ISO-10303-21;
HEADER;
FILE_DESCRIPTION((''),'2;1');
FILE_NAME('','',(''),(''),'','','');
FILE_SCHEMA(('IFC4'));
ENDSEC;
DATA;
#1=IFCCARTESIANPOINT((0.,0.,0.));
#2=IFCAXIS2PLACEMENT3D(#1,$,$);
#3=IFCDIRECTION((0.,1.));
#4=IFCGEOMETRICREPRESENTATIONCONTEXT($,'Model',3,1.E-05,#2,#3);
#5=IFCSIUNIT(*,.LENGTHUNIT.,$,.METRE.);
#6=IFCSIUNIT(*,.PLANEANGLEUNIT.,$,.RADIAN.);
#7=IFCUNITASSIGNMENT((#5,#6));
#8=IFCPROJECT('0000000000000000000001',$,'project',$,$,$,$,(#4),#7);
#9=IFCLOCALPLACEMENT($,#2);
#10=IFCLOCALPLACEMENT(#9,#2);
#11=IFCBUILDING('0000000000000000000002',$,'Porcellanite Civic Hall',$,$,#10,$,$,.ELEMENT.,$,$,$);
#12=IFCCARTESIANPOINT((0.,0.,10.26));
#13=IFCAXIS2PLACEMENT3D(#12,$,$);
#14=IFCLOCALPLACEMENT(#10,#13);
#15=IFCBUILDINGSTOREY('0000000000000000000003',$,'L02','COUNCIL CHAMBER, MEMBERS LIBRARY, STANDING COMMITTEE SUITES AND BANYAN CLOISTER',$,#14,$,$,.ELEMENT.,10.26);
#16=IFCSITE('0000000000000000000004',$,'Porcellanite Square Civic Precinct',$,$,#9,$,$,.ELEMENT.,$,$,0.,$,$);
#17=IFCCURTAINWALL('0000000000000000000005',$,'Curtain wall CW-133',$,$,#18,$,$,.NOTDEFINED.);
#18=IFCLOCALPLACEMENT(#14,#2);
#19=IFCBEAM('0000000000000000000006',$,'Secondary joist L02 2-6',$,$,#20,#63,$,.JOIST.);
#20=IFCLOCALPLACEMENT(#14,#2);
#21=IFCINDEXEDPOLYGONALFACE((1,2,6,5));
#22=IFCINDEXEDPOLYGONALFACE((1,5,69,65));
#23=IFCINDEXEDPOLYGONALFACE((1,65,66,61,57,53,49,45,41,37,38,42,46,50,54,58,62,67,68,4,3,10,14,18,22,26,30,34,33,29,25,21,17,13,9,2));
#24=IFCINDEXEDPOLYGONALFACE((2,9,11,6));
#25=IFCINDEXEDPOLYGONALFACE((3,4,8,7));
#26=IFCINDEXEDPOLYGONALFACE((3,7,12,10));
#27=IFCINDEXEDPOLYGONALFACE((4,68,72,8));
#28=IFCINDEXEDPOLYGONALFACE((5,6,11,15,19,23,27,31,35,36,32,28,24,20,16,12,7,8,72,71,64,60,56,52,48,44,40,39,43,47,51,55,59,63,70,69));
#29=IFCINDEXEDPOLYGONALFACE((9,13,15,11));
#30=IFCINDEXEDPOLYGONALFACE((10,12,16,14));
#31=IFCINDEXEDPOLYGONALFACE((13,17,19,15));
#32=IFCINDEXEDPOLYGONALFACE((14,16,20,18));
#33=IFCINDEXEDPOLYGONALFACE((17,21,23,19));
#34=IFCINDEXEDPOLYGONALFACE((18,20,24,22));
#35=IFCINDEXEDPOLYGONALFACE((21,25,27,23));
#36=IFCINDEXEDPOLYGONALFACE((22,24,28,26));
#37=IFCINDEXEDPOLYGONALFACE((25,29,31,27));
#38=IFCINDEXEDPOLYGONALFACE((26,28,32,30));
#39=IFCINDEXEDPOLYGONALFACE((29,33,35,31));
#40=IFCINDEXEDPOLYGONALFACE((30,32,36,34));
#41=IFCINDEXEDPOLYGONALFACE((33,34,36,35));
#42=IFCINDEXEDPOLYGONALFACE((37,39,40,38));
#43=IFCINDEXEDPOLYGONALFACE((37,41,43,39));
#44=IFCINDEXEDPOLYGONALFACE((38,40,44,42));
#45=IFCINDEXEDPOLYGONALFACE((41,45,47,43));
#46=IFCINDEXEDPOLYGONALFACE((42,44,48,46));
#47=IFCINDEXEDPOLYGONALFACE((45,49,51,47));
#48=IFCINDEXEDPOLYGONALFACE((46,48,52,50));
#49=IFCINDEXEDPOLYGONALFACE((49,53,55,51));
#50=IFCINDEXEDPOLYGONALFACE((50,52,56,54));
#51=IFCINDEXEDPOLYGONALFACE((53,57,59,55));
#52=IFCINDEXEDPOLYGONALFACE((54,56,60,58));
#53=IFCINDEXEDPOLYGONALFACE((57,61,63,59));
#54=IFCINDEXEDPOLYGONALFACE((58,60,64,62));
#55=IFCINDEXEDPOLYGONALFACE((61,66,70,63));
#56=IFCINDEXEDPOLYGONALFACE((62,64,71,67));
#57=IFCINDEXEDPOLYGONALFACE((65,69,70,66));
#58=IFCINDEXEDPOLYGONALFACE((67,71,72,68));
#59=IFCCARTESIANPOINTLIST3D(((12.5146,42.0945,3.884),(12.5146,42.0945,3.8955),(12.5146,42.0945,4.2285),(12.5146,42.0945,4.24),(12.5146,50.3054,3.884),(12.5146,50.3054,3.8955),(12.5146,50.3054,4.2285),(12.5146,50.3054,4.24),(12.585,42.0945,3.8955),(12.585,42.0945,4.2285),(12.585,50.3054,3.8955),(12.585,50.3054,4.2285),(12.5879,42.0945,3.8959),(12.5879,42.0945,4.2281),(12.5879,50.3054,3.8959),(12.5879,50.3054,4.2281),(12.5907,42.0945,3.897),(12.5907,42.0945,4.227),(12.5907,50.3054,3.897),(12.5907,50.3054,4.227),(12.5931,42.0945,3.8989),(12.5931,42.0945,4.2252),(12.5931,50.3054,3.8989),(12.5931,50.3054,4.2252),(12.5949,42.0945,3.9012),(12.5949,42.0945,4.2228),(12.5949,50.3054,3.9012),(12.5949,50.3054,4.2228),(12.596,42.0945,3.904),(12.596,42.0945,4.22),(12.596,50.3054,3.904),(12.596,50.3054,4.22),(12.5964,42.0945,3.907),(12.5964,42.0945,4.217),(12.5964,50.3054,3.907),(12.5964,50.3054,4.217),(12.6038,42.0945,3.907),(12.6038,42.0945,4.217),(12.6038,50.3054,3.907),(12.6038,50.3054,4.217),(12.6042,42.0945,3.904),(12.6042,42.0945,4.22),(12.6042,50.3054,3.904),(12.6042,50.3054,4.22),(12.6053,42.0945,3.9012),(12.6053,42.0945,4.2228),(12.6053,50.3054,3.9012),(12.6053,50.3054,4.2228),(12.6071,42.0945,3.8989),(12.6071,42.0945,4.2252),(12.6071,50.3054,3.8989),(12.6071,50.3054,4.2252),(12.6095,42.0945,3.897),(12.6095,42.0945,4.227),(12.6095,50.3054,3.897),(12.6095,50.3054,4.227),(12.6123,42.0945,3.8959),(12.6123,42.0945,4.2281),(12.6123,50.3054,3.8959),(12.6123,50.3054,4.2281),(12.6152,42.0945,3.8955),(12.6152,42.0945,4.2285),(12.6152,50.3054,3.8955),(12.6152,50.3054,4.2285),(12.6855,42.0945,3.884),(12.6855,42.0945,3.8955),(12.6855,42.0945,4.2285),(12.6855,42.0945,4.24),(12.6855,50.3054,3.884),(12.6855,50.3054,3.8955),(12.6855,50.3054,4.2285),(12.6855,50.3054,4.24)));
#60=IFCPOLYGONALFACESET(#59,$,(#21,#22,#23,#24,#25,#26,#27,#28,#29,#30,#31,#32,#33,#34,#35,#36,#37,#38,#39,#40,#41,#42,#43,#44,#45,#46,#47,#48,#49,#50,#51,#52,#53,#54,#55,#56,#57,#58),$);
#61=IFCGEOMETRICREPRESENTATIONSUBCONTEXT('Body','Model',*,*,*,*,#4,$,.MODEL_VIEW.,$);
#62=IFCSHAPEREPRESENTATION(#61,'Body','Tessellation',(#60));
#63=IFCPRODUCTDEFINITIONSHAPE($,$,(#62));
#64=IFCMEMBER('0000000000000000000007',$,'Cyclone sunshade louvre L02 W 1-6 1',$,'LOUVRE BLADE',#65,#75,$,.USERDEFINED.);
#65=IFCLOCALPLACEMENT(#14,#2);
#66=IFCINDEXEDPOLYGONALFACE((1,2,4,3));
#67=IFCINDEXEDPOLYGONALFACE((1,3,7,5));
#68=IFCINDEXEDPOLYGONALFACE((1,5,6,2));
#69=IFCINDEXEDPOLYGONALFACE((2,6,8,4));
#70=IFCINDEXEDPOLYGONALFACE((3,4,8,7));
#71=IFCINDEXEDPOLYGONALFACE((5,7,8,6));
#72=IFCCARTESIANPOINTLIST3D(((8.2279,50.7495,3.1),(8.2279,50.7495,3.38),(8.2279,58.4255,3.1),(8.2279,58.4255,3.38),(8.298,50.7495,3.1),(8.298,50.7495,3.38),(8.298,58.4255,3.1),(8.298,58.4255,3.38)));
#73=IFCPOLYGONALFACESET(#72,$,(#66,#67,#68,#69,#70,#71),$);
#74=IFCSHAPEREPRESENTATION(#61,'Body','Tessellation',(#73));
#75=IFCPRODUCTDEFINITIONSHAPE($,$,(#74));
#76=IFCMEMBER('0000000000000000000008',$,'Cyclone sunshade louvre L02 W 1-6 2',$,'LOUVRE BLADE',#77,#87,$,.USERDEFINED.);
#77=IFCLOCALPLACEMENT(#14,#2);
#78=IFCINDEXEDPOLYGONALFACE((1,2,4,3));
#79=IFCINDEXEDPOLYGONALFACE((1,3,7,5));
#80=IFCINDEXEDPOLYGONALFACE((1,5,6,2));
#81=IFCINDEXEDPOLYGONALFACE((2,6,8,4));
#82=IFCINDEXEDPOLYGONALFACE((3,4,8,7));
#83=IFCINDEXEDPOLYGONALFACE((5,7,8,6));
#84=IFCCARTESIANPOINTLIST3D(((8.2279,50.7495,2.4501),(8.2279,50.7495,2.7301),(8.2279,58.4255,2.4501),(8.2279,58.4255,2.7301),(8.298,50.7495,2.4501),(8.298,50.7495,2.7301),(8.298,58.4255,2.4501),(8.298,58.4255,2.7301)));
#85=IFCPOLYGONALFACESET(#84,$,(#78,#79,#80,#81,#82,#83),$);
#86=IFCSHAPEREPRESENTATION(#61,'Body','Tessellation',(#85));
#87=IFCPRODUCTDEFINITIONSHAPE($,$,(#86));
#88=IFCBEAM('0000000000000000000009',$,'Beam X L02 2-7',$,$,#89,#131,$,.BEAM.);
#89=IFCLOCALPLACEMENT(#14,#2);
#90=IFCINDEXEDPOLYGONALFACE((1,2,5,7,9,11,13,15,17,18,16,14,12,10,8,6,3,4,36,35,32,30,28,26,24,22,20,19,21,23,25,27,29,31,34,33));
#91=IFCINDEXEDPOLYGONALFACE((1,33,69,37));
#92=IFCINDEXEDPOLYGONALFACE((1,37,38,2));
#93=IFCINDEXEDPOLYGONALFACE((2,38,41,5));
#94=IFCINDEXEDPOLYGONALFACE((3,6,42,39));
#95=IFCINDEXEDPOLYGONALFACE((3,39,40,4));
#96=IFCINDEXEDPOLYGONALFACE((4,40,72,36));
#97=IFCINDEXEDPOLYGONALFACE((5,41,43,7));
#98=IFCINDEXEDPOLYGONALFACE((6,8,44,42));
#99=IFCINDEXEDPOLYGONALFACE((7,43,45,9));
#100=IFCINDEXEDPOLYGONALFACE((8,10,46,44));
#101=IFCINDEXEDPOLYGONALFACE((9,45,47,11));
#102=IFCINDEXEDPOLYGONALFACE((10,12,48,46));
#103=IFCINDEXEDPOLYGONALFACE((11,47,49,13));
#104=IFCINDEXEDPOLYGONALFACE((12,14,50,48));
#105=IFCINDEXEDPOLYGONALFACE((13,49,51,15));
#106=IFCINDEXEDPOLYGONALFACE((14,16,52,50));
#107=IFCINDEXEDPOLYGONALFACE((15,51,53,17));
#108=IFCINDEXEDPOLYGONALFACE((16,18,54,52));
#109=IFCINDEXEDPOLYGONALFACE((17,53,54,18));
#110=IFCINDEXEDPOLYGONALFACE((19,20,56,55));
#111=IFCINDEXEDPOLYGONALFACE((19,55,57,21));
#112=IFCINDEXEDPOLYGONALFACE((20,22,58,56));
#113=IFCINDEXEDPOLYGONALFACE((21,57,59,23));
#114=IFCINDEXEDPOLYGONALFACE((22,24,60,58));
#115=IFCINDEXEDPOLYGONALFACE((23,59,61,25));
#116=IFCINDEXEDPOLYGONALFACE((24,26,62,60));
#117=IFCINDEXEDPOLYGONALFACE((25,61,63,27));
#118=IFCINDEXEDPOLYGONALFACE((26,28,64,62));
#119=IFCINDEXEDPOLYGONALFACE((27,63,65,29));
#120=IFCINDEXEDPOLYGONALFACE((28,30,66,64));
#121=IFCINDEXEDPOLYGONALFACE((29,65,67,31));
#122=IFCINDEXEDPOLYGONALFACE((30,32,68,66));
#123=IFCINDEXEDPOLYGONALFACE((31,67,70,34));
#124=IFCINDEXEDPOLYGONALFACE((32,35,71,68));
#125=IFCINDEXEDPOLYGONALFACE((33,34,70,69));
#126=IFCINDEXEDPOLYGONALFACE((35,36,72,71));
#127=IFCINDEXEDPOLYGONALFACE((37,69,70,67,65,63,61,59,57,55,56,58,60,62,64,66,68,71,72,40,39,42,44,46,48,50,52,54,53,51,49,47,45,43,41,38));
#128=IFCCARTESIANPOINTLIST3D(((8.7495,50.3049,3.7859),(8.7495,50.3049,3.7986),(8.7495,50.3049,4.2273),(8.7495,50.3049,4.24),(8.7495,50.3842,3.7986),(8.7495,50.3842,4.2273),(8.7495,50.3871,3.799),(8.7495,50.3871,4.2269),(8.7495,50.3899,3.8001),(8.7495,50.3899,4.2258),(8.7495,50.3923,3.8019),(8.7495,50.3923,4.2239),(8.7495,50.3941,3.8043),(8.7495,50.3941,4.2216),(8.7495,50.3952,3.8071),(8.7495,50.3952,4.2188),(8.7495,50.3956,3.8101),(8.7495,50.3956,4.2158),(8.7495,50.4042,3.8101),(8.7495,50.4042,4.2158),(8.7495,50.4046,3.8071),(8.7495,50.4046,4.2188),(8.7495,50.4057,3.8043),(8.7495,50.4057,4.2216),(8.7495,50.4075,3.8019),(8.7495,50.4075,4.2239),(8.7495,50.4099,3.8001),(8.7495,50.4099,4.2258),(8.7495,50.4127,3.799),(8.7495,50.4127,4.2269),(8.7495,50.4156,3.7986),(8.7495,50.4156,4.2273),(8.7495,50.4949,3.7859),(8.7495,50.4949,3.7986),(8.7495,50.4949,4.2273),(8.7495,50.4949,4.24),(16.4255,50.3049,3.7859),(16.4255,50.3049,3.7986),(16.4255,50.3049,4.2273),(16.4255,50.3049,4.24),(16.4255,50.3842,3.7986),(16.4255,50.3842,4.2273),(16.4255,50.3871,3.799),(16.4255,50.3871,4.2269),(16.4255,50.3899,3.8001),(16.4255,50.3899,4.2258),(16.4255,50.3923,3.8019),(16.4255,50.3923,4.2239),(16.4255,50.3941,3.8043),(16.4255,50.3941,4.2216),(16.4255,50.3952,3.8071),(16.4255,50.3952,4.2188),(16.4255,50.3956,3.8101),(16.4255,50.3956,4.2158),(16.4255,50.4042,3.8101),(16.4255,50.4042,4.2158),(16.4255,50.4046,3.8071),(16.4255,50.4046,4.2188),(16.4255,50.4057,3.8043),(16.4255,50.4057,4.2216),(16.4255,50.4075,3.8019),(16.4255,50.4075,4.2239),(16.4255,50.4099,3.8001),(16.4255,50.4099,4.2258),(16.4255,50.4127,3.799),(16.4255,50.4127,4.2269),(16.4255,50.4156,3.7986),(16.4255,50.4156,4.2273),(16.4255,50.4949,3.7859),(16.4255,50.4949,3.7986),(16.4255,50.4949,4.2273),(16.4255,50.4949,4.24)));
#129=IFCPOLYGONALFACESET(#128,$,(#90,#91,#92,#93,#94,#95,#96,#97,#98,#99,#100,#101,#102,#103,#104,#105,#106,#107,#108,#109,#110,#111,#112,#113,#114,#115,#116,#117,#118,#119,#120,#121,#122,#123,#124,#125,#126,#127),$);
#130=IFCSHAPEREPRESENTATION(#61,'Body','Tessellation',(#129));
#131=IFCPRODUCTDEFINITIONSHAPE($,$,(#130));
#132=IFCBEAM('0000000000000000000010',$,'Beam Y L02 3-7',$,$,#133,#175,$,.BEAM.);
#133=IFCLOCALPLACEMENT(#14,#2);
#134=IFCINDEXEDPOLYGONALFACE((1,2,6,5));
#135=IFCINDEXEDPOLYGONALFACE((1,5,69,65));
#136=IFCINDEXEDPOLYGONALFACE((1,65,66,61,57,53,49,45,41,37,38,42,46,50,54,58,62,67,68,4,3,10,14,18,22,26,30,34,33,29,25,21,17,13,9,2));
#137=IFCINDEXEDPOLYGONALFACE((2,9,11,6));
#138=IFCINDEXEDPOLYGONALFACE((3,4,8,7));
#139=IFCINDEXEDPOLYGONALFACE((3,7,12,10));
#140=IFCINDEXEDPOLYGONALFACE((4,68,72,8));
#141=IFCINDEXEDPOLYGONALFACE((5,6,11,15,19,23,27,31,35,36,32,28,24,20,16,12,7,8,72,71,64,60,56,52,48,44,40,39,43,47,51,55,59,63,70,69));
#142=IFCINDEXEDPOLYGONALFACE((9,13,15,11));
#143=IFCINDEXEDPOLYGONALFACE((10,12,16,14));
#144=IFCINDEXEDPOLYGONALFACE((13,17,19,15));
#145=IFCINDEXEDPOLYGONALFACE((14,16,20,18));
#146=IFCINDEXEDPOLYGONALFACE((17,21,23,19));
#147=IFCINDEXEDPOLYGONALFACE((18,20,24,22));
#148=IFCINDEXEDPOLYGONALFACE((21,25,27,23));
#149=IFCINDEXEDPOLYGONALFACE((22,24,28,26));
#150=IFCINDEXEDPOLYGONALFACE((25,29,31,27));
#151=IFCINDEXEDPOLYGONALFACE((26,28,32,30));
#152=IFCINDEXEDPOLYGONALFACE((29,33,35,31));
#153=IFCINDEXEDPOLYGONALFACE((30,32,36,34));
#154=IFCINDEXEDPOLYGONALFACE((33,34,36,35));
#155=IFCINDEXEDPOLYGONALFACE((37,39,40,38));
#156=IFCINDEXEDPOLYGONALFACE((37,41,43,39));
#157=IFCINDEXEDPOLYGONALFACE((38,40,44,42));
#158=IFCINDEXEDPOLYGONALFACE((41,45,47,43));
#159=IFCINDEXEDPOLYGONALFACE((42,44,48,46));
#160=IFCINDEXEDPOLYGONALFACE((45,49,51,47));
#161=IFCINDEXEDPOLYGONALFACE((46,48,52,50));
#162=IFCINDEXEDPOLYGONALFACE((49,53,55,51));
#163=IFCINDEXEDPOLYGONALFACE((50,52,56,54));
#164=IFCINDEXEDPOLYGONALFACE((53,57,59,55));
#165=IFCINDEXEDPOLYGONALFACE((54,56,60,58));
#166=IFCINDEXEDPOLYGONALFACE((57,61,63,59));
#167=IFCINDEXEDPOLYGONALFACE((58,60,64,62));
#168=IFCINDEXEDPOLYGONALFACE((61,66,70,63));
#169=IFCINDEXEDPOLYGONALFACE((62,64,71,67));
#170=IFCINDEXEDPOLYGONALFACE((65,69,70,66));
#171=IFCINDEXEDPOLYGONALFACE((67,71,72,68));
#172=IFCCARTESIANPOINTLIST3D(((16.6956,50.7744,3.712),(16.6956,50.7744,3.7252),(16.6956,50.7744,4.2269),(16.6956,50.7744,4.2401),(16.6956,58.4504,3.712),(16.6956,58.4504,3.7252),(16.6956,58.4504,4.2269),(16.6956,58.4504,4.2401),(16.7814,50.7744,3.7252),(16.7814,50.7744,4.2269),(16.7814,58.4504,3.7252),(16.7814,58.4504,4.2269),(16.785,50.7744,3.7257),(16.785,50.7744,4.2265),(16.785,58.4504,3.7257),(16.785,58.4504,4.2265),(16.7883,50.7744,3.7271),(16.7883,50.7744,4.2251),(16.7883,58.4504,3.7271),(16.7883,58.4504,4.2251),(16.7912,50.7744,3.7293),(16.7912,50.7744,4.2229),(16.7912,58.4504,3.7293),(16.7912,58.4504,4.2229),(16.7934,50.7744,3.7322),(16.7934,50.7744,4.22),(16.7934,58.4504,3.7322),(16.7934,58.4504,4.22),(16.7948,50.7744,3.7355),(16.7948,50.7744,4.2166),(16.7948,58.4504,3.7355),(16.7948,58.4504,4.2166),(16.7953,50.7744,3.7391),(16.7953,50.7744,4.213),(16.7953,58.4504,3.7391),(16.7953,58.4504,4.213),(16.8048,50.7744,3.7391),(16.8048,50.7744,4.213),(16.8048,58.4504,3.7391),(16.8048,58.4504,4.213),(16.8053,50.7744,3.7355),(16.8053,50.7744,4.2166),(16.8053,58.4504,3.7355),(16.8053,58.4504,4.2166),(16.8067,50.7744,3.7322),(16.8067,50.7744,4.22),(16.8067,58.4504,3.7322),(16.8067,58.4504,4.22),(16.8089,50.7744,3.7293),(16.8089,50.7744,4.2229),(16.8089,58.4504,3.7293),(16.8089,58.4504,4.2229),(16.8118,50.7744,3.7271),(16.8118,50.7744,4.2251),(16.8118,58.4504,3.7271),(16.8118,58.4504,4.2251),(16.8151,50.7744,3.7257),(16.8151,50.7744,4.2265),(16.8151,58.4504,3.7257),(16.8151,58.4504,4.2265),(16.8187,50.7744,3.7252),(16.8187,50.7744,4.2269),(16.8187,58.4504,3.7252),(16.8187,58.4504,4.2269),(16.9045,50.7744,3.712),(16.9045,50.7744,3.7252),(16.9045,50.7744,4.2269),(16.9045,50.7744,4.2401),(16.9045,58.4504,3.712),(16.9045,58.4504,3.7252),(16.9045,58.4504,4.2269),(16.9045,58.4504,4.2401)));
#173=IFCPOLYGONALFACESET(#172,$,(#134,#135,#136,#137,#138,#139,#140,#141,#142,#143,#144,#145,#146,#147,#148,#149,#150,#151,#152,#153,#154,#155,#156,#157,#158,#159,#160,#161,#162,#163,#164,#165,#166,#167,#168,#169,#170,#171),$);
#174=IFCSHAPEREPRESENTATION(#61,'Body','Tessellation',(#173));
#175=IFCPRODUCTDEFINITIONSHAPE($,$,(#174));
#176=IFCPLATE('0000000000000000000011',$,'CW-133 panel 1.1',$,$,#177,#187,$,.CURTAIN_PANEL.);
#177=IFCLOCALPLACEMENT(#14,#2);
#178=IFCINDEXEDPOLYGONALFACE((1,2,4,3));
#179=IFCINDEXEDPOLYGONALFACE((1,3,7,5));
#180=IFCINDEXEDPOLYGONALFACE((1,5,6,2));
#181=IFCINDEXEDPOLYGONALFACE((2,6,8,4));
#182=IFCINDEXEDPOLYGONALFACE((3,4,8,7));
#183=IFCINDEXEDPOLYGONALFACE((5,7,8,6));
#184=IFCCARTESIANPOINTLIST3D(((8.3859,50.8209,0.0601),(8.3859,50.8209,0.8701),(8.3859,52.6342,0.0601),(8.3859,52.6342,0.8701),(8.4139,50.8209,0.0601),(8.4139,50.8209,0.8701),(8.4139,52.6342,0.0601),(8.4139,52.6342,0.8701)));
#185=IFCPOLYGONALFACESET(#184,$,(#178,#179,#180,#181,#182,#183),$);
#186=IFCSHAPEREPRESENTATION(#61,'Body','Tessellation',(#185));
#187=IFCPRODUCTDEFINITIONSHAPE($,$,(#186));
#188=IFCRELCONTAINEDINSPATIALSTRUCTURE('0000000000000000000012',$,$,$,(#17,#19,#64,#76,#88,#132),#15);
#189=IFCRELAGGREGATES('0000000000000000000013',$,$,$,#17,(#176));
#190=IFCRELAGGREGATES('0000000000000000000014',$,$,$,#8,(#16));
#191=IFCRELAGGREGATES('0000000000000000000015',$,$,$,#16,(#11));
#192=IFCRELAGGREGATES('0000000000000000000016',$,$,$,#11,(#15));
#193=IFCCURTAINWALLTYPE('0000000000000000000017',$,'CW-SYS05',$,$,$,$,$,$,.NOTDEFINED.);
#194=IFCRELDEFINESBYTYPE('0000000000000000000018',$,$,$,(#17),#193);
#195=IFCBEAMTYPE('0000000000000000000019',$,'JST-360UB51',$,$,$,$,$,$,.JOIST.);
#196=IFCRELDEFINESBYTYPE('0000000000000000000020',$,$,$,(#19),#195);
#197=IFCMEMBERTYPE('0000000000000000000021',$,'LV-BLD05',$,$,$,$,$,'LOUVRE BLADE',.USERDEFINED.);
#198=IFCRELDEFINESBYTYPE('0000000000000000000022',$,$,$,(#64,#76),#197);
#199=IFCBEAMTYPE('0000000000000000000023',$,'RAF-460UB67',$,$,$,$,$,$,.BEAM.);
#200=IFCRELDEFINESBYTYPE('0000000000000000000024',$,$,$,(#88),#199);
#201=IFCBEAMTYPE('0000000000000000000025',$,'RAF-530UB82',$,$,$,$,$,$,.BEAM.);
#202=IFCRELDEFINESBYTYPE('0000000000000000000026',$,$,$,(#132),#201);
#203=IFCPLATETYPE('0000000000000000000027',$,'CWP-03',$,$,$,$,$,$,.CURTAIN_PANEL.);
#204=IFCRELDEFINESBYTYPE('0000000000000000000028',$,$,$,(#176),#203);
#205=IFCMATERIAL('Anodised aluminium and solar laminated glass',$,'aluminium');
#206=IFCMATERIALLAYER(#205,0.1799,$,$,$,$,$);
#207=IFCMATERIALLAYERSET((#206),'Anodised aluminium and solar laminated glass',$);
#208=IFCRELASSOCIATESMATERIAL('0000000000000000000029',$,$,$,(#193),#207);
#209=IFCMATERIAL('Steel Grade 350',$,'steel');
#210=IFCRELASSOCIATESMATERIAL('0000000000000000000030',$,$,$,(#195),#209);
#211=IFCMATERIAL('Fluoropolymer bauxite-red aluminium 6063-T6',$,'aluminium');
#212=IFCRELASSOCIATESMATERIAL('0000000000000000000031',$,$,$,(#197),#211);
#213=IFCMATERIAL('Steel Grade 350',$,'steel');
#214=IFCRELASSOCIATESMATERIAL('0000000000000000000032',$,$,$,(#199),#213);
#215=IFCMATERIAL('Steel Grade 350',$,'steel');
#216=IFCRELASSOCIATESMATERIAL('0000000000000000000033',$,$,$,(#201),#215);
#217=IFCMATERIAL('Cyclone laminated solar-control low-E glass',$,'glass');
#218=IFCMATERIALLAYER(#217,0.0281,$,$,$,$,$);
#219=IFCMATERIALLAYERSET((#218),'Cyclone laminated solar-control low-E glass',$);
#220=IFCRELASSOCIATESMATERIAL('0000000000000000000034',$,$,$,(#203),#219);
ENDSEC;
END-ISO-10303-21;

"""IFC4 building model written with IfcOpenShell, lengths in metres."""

from ifc_helpers import new_model, si_unit, direction, frame, origin, origin_2d, place, context, subcontext, project, spatial, rectangle, i_section, extrude, material, layer, layer_set, material_profile, profile_set, type_object, element, aggregate, save


model = new_model("IFC4")

# Units and contexts
model_context = context("Model", 3, precision=1e-05, world=origin(), true_north=direction((0.0, 1.0)))
body_context = subcontext(model_context, "Body", "Model", "MODEL_VIEW")
ifc_project = project(units=[si_unit("LENGTHUNIT", "METRE"), si_unit("PLANEANGLEUNIT", "RADIAN")], contexts=[model_context])

# Site, building, storey
site_placement = place(None, origin())
site = spatial("IfcSite", under=ifc_project, at=site_placement, Name="Porcellanite Square Civic Precinct", CompositionType="ELEMENT", RefElevation=0.0)
building_placement = place(site_placement, origin())
building = spatial("IfcBuilding", under=site, at=building_placement, Name="Porcellanite Civic Hall", CompositionType="ELEMENT")
storey_placement = place(building_placement, frame((0.0, 0.0, 10.26)))
storey = spatial("IfcBuildingStorey", under=building, at=storey_placement, Name="L02", Description="COUNCIL CHAMBER, MEMBERS LIBRARY, STANDING COMMITTEE SUITES AND BANYAN CLOISTER", CompositionType="ELEMENT", Elevation=10.26)

# Curtain wall
ifc_material_1 = material(Name="Anodised aluminium and solar laminated glass", Category="aluminium")
ifc_layer_1 = layer(ifc_material_1, 0.1799)
ifc_layer_set_1 = layer_set([ifc_layer_1], Name="Anodised aluminium and solar laminated glass")
curtain_wall_type = type_object("IfcCurtainWallType", Name="CW-SYS05", PredefinedType="NOTDEFINED", material=ifc_layer_set_1)
curtain_wall_placement = place(storey_placement, origin())
curtain_wall = element("IfcCurtainWall", 1, at=curtain_wall_placement, inside=storey, type_object=curtain_wall_type, Name="Curtain wall CW-133", PredefinedType="NOTDEFINED")

# Beam
ifc_material_2 = material(Name="Steel Grade 350", Category="steel")
ifc_material_profile_1 = material_profile(ifc_material_2, i_section(OverallWidth=0.1709, OverallDepth=0.356, WebThickness=0.0073, FlangeThickness=0.0115, FilletRadius=0.0115, at=origin_2d()), Name="360UB50.7")
ifc_profile_set_1 = profile_set([ifc_material_profile_1], Name="Steel Grade 350")
beam_type_1 = type_object("IfcBeamType", Name="JST-360UB51", PredefinedType="JOIST", material=ifc_profile_set_1)
beam_1_placement = place(storey_placement, frame((12.6001, 42.0945, 4.062), z_axis=(0.0, 1.0, 0.0), x_axis=(-1.0, 0.0, 0.0)))
element("IfcBeam", 2, at=beam_1_placement, inside=storey, type_object=beam_type_1, Name="Secondary joist L02 2-6", PredefinedType="JOIST", context=body_context, shape_type="SweptSolid", body=[
    extrude(i_section(OverallWidth=0.1709, OverallDepth=0.356, WebThickness=0.0073, FlangeThickness=0.0115, FilletRadius=0.0115, at=origin_2d()), origin(), (0.0, 0.0, 1.0), 8.2109),
])

# Members
ifc_material_3 = material(Name="Fluoropolymer bauxite-red aluminium 6063-T6", Category="aluminium")
ifc_material_profile_2 = material_profile(ifc_material_3, rectangle(XDim=0.0701, YDim=0.28, at=origin_2d()), Name="AL-70x280")
ifc_profile_set_2 = profile_set([ifc_material_profile_2], Name="Fluoropolymer bauxite-red aluminium 6063-T6")
member_type_1 = type_object("IfcMemberType", Name="LV-BLD05", ElementType="LOUVRE BLADE", PredefinedType="USERDEFINED", material=ifc_profile_set_2)
for number, where, z_axis, x_axis, name in (
    (3, (8.2629, 50.7495, 3.24), (0.0, 1.0, 0.0), (-1.0, 0.0, 0.0), "Cyclone sunshade louvre L02 W 1-6 1"),
    (4, (8.2629, 50.7495, 2.5901), (0.0, 1.0, 0.0), (-1.0, 0.0, 0.0), "Cyclone sunshade louvre L02 W 1-6 2"),
):
    element("IfcMember", number, at=place(storey_placement, frame(where, z_axis=z_axis, x_axis=x_axis)), inside=storey, type_object=member_type_1, Name=name, ObjectType="LOUVRE BLADE", PredefinedType="USERDEFINED", context=body_context, shape_type="SweptSolid", body=[
        extrude(rectangle(XDim=0.0701, YDim=0.28, at=origin_2d()), origin(), (0.0, 0.0, 1.0), 7.676),
    ])

# Beams
ifc_material_4 = material(Name="Steel Grade 350", Category="steel")
ifc_material_profile_3 = material_profile(ifc_material_4, i_section(OverallWidth=0.1899, OverallDepth=0.4541, WebThickness=0.0085, FlangeThickness=0.0127, FilletRadius=0.0115, at=origin_2d()), Name="460UB67.1")
ifc_profile_set_3 = profile_set([ifc_material_profile_3], Name="Steel Grade 350")
beam_type_2 = type_object("IfcBeamType", Name="RAF-460UB67", PredefinedType="BEAM", material=ifc_profile_set_3)
beam_2_placement = place(storey_placement, frame((8.7495, 50.3999, 4.0129), z_axis=(1.0, 0.0, 0.0), x_axis=(0.0, 1.0, 0.0)))
element("IfcBeam", 5, at=beam_2_placement, inside=storey, type_object=beam_type_2, Name="Beam X L02 2-7", PredefinedType="BEAM", context=body_context, shape_type="SweptSolid", body=[
    extrude(i_section(OverallWidth=0.1899, OverallDepth=0.4541, WebThickness=0.0085, FlangeThickness=0.0127, FilletRadius=0.0115, at=origin_2d()), origin(), (0.0, 0.0, 1.0), 7.676),
])
ifc_material_5 = material(Name="Steel Grade 350", Category="steel")
ifc_material_profile_4 = material_profile(ifc_material_5, i_section(OverallWidth=0.209, OverallDepth=0.5281, WebThickness=0.0095, FlangeThickness=0.0132, FilletRadius=0.0139, at=origin_2d()), Name="530UB82.0")
ifc_profile_set_4 = profile_set([ifc_material_profile_4], Name="Steel Grade 350")
beam_type_3 = type_object("IfcBeamType", Name="RAF-530UB82", PredefinedType="BEAM", material=ifc_profile_set_4)
beam_3_placement = place(storey_placement, frame((16.8, 50.7744, 3.9761), z_axis=(0.0, 1.0, 0.0), x_axis=(-1.0, 0.0, 0.0)))
element("IfcBeam", 6, at=beam_3_placement, inside=storey, type_object=beam_type_3, Name="Beam Y L02 3-7", PredefinedType="BEAM", context=body_context, shape_type="SweptSolid", body=[
    extrude(i_section(OverallWidth=0.209, OverallDepth=0.5281, WebThickness=0.0095, FlangeThickness=0.0132, FilletRadius=0.0139, at=origin_2d()), origin(), (0.0, 0.0, 1.0), 7.676),
])

# Plate
ifc_material_6 = material(Name="Cyclone laminated solar-control low-E glass", Category="glass")
ifc_layer_2 = layer(ifc_material_6, 0.0281)
ifc_layer_set_2 = layer_set([ifc_layer_2], Name="Cyclone laminated solar-control low-E glass")
plate_type = type_object("IfcPlateType", Name="CWP-03", PredefinedType="CURTAIN_PANEL", material=ifc_layer_set_2)
plate_1_placement = place(storey_placement, frame((8.3999, 51.7275, 0.0601), z_axis=(0.0, 0.0, 1.0), x_axis=(0.0, 1.0, 0.0)))
plate_1 = element("IfcPlate", 7, at=plate_1_placement, type_object=plate_type, Name="CW-133 panel 1.1", PredefinedType="CURTAIN_PANEL", context=body_context, shape_type="SweptSolid", body=[
    extrude(rectangle(XDim=1.8132, YDim=0.0281, at=origin_2d()), origin(), (0.0, 0.0, 1.0), 0.8101),
])
aggregate(curtain_wall, [plate_1])

save(model, "model.ifc")
